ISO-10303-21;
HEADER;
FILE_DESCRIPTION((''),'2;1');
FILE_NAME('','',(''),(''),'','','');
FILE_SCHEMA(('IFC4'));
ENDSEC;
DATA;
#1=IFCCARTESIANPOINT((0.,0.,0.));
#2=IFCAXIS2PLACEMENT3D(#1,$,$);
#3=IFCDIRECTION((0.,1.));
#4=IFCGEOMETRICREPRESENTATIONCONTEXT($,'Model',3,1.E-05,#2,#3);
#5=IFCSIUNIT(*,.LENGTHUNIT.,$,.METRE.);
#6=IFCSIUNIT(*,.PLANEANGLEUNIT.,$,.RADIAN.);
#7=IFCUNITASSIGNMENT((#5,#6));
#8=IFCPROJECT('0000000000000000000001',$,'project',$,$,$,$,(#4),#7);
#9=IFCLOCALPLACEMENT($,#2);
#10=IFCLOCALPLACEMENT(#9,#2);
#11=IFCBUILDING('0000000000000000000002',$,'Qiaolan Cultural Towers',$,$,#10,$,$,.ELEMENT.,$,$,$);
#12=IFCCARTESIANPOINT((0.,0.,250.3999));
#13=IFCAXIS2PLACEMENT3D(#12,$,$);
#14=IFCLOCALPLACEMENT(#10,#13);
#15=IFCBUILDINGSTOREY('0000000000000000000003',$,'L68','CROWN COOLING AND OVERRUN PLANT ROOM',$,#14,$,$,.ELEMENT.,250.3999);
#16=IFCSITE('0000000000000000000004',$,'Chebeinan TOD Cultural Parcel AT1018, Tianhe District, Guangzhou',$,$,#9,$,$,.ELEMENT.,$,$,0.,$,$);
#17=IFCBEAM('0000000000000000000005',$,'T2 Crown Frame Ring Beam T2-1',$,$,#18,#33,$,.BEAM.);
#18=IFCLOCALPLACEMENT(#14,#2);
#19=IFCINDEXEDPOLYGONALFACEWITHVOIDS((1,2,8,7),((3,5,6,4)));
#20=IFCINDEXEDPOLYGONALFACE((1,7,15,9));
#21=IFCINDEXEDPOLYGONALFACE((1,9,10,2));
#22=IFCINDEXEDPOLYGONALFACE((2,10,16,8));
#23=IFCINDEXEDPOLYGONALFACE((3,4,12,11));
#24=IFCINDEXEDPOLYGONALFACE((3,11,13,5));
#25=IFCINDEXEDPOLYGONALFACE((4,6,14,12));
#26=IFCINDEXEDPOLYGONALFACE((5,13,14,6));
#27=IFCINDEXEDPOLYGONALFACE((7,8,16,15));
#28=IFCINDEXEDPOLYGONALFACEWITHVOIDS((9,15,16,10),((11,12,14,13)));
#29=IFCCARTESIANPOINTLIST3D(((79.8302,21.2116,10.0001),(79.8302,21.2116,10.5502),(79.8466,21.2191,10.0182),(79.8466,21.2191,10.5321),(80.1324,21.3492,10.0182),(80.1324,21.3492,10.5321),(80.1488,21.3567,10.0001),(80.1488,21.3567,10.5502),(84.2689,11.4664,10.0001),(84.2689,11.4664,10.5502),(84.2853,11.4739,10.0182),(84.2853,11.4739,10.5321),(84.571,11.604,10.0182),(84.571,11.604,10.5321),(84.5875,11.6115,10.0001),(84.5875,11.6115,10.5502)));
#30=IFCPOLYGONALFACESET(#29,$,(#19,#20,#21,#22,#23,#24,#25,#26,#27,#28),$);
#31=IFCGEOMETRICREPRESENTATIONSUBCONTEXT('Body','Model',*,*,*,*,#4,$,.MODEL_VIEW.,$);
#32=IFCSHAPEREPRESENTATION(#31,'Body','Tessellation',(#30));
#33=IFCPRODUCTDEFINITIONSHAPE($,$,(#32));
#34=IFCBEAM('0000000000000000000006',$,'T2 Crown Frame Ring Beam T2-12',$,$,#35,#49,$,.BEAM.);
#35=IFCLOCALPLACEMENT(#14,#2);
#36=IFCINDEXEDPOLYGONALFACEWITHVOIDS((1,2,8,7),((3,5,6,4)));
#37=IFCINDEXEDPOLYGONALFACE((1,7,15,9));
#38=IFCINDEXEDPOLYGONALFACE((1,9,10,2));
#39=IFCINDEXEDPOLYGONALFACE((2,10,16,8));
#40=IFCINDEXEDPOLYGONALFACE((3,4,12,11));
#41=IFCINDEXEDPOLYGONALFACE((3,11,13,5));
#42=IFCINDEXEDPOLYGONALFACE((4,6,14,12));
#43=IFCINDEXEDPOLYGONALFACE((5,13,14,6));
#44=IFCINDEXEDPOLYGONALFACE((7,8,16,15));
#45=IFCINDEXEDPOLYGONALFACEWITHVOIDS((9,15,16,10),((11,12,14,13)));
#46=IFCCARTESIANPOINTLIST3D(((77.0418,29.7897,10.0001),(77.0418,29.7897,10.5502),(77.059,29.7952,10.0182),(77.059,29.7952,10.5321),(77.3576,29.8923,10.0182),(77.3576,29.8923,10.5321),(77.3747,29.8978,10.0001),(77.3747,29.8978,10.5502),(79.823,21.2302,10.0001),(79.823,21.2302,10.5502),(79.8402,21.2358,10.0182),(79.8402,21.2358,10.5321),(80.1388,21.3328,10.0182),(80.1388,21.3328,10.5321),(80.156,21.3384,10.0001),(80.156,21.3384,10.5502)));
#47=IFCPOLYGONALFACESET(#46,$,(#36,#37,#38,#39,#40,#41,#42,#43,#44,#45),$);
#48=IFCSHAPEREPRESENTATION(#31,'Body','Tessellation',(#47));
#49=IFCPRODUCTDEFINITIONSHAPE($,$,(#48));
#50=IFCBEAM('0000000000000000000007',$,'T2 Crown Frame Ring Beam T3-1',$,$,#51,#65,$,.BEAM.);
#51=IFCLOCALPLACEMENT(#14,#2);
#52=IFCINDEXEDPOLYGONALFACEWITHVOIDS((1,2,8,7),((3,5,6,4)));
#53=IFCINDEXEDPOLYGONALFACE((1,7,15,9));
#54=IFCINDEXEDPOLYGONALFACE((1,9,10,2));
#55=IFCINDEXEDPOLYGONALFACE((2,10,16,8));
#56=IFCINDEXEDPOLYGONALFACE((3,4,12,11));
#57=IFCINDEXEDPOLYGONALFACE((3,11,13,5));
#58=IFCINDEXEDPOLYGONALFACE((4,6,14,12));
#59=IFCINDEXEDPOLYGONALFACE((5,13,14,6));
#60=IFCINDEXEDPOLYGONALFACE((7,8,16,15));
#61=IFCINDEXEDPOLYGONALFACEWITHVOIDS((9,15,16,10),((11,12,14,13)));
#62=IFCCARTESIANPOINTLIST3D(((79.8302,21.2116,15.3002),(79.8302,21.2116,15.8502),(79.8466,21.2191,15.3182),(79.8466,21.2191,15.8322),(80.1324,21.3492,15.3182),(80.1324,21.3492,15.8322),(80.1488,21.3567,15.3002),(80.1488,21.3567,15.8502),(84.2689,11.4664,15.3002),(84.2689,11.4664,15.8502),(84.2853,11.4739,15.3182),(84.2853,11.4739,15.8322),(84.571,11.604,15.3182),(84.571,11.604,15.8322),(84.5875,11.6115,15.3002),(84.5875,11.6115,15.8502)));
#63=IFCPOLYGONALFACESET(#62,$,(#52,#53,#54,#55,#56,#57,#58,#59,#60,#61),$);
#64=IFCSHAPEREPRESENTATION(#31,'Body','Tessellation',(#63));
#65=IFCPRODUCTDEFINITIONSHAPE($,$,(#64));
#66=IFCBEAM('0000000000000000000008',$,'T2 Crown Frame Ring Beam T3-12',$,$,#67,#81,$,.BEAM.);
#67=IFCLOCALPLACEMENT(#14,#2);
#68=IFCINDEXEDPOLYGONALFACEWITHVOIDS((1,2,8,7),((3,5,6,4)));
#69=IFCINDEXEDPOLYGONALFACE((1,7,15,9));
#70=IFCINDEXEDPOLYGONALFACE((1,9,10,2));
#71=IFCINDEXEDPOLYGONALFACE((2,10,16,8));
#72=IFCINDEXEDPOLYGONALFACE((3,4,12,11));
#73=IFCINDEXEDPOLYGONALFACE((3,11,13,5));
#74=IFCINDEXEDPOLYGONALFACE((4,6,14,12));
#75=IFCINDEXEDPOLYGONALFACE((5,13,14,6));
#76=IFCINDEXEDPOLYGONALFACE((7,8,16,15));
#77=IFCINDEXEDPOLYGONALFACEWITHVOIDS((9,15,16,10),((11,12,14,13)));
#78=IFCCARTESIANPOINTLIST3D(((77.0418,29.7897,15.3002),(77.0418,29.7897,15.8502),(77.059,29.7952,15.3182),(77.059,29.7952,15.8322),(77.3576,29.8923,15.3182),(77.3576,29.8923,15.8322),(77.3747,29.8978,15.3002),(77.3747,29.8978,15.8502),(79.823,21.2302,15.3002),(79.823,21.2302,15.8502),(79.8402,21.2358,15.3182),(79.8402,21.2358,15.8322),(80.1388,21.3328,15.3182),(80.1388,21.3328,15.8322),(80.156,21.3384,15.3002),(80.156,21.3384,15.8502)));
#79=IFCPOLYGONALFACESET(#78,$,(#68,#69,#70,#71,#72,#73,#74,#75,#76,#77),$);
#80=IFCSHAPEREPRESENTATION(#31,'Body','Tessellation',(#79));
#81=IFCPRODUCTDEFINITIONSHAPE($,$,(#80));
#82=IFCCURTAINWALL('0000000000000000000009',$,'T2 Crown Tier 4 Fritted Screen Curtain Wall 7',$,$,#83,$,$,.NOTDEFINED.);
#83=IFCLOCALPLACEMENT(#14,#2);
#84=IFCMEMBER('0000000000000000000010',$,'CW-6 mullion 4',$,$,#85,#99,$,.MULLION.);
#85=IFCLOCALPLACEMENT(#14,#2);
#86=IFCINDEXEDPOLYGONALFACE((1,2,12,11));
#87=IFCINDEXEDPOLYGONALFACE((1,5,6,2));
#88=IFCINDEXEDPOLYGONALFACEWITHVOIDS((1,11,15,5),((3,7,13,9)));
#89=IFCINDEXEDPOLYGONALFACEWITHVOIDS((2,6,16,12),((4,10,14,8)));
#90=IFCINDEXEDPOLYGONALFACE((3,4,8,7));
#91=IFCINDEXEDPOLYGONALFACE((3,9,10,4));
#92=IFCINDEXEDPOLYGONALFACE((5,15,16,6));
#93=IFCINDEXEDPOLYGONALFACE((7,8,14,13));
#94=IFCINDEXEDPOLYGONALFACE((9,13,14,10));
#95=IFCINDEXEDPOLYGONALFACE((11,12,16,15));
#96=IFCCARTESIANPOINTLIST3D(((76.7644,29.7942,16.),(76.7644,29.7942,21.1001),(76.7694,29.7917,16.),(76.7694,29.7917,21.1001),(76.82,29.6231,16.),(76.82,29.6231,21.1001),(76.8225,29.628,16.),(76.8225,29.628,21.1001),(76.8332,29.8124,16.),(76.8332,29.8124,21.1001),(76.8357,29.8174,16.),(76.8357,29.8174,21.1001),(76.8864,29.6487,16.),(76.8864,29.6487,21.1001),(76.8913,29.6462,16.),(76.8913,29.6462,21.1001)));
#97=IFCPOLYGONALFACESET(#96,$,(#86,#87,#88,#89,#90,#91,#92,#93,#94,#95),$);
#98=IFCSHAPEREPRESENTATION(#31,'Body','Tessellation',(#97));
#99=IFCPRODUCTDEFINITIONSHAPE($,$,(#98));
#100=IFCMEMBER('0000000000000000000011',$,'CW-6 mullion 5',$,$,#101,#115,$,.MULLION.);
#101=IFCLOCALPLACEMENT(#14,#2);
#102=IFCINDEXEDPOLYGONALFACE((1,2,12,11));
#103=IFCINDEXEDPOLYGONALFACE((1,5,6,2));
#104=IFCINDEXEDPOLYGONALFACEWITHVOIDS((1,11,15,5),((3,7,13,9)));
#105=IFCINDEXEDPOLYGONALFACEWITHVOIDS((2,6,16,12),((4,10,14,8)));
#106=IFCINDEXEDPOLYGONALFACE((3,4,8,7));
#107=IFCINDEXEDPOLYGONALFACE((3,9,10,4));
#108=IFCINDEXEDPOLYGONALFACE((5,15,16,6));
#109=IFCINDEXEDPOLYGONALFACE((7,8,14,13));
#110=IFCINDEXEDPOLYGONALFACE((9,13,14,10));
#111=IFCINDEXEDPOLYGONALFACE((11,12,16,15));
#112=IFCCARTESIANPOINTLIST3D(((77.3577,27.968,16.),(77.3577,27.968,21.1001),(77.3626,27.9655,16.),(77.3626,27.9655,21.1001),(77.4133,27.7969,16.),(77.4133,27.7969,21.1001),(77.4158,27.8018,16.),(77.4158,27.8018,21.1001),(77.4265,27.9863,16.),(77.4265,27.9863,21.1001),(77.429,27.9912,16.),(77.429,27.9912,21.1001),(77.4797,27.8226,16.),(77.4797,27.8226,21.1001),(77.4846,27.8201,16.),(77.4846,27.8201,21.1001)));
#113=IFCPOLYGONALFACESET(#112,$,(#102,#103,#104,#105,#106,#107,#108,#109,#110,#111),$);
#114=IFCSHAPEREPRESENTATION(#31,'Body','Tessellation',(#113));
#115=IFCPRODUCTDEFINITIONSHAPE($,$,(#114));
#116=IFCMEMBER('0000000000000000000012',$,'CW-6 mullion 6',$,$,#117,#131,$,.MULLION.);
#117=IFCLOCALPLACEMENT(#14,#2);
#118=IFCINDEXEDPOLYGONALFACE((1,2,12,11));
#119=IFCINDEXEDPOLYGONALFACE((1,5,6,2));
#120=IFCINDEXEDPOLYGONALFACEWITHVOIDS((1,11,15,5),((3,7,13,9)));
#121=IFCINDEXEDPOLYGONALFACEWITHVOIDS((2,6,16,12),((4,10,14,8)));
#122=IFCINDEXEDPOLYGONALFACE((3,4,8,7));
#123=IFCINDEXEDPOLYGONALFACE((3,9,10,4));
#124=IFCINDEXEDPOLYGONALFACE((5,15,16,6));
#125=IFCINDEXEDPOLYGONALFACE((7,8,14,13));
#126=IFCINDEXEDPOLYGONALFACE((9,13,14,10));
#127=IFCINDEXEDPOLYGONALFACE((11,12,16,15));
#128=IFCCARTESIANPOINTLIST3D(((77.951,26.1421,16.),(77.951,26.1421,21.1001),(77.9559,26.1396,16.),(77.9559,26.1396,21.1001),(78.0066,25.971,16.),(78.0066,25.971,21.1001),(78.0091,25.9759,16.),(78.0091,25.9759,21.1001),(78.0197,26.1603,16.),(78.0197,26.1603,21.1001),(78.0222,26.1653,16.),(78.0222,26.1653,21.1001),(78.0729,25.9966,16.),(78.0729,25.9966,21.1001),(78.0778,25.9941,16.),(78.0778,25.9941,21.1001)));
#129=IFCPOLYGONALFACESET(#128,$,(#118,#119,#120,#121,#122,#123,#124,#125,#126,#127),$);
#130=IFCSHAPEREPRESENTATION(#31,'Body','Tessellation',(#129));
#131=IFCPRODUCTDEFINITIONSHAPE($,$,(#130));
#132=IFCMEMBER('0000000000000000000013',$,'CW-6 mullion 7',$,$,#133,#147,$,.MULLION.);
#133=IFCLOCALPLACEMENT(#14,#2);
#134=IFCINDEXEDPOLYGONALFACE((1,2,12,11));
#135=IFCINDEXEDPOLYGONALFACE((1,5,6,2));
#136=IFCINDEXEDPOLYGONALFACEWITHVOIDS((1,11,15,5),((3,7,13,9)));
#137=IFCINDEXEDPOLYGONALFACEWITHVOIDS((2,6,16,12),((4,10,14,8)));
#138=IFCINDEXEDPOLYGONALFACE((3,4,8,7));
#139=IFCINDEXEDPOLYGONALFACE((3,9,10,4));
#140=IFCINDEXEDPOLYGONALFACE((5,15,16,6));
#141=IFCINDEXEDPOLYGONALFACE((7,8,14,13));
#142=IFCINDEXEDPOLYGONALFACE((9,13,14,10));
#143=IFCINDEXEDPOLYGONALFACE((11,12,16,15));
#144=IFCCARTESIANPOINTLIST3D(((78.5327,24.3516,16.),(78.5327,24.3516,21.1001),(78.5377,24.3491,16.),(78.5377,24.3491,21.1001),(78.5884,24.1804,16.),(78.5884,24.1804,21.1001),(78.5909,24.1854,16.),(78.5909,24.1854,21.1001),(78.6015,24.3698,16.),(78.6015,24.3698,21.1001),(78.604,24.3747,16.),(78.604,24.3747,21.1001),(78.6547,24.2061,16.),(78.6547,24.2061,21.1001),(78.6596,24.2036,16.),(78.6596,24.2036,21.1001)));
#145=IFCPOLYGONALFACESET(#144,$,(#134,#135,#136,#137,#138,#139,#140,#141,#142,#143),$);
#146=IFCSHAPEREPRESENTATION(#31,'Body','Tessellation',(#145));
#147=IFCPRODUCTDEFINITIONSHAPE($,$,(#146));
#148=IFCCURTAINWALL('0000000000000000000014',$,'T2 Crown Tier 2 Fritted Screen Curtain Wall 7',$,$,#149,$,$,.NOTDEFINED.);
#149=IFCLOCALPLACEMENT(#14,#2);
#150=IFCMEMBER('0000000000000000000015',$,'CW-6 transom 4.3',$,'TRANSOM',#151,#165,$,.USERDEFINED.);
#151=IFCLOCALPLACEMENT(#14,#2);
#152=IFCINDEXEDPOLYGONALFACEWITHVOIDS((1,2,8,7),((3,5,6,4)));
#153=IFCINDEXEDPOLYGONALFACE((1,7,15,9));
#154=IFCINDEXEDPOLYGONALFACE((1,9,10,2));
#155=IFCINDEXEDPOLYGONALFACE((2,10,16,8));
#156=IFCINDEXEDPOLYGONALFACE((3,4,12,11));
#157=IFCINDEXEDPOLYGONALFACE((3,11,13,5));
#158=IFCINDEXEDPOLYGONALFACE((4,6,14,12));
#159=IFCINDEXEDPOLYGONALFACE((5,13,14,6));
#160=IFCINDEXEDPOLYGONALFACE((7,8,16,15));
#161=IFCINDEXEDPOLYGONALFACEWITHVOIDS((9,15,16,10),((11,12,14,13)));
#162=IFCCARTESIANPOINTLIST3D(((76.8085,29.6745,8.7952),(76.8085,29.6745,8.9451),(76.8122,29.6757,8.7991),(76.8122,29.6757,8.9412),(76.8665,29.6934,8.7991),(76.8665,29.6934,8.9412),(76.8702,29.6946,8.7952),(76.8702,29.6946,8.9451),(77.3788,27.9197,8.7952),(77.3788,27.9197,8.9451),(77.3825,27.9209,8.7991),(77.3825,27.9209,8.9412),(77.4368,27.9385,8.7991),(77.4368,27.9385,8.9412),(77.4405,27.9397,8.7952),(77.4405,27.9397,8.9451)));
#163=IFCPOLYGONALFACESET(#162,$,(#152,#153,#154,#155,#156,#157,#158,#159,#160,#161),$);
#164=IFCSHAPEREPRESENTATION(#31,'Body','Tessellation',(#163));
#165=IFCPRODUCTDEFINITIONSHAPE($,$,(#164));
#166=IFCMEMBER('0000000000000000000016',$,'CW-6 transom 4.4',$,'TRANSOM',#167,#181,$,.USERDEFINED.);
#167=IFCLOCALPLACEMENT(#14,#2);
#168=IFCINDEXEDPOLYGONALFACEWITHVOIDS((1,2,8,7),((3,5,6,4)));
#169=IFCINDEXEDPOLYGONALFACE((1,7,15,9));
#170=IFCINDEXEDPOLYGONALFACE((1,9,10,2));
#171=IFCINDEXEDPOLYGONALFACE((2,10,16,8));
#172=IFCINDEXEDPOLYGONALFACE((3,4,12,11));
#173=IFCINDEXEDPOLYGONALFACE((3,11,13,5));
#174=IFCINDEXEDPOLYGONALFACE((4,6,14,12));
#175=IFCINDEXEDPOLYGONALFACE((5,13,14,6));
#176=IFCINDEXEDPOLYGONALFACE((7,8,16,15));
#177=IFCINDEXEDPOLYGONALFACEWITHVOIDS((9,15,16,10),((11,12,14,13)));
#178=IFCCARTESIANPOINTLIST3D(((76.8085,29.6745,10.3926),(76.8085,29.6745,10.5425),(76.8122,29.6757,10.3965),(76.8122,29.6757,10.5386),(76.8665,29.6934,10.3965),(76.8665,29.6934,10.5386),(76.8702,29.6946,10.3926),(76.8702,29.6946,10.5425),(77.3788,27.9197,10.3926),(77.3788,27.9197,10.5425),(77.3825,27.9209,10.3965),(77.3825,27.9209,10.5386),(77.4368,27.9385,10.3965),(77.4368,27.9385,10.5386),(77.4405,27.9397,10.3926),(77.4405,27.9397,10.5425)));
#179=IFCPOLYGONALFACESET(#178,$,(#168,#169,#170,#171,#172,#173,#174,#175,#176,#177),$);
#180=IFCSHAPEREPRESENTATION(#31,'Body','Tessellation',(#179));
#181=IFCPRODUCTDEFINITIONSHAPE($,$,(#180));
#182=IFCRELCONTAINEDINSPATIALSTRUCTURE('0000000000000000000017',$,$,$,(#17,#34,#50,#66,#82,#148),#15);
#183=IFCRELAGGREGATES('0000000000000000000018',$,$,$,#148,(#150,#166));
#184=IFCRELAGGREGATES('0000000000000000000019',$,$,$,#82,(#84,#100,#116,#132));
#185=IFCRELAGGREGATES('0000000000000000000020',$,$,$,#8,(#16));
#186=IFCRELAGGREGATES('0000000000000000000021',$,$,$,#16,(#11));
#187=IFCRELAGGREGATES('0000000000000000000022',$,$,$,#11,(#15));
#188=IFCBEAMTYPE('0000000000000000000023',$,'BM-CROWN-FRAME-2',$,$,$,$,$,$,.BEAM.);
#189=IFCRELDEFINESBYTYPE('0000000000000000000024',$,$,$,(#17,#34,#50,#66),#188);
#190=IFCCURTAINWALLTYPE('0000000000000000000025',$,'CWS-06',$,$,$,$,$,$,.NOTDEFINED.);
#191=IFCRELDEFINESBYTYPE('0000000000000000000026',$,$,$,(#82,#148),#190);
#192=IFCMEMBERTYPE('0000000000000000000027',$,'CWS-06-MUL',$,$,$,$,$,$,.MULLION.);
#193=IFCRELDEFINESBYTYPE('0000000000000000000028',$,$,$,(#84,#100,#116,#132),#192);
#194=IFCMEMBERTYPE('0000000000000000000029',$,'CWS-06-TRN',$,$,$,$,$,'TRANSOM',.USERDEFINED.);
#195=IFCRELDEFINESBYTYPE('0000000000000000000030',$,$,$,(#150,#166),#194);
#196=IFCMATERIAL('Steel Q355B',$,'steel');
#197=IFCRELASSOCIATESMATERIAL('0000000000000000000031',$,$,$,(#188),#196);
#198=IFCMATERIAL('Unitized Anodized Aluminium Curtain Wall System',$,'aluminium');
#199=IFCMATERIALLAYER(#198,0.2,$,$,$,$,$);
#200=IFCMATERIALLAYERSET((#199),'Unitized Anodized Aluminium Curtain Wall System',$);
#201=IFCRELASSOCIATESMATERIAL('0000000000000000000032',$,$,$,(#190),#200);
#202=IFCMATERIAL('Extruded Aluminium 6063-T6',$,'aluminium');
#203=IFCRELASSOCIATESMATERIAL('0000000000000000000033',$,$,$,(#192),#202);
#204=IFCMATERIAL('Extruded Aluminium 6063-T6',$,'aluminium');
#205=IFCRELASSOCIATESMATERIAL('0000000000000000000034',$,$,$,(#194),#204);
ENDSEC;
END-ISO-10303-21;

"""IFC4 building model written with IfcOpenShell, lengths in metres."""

from ifc_helpers import new_model, si_unit, direction, frame, origin, origin_2d, place, context, subcontext, project, spatial, hollow_rectangle, extrude, material, layer, layer_set, material_profile, profile_set, type_object, element, aggregate, save


model = new_model("IFC4")

# Units and contexts
model_context = context("Model", 3, precision=1e-05, world=origin(), true_north=direction((0.0, 1.0)))
body_context = subcontext(model_context, "Body", "Model", "MODEL_VIEW")
ifc_project = project(units=[si_unit("LENGTHUNIT", "METRE"), si_unit("PLANEANGLEUNIT", "RADIAN")], contexts=[model_context])

# Site, building, storey
site_placement = place(None, origin())
site = spatial("IfcSite", under=ifc_project, at=site_placement, Name="Chebeinan TOD Cultural Parcel AT1018, Tianhe District, Guangzhou", CompositionType="ELEMENT", RefElevation=0.0)
building_placement = place(site_placement, origin())
building = spatial("IfcBuilding", under=site, at=building_placement, Name="Qiaolan Cultural Towers", CompositionType="ELEMENT")
storey_placement = place(building_placement, frame((0.0, 0.0, 250.3999)))
storey = spatial("IfcBuildingStorey", under=building, at=storey_placement, Name="L68", Description="CROWN COOLING AND OVERRUN PLANT ROOM", CompositionType="ELEMENT", Elevation=250.3999)

# Beams
ifc_material_1 = material(Name="Steel Q355B", Category="steel")
ifc_material_profile_1 = material_profile(ifc_material_1, hollow_rectangle(XDim=0.3501, YDim=0.55, WallThickness=0.0181, at=origin_2d()), Name="BOX550x350x18")
ifc_profile_set_1 = profile_set([ifc_material_profile_1], Name="Steel Q355B")
beam_type = type_object("IfcBeamType", Name="BM-CROWN-FRAME-2", PredefinedType="BEAM", material=ifc_profile_set_1)
beam_1_placement = place(storey_placement, frame((79.9895, 21.2842, 10.2751), z_axis=(0.4145, -0.910049, 0.0), x_axis=(0.910049, 0.4145, 0.0)))
element("IfcBeam", 1, at=beam_1_placement, inside=storey, type_object=beam_type, Name="T2 Crown Frame Ring Beam T2-1", PredefinedType="BEAM", context=body_context, shape_type="SweptSolid", body=[
    extrude(hollow_rectangle(XDim=0.3501, YDim=0.55, WallThickness=0.0181, at=origin_2d()), origin(), (0.0, 0.0, 1.0), 10.7085),
])
beam_2_placement = place(storey_placement, frame((77.2083, 29.8438, 10.2751), z_axis=(0.309025, -0.951054, 0.0), x_axis=(0.951054, 0.309025, 0.0)))
element("IfcBeam", 2, at=beam_2_placement, inside=storey, type_object=beam_type, Name="T2 Crown Frame Ring Beam T2-12", PredefinedType="BEAM", context=body_context, shape_type="SweptSolid", body=[
    extrude(hollow_rectangle(XDim=0.3501, YDim=0.55, WallThickness=0.0181, at=origin_2d()), origin(), (0.0, 0.0, 1.0), 9.0),
])
beam_3_placement = place(storey_placement, frame((79.9895, 21.2842, 15.5752), z_axis=(0.4145, -0.910049, 0.0), x_axis=(0.910049, 0.4145, 0.0)))
element("IfcBeam", 3, at=beam_3_placement, inside=storey, type_object=beam_type, Name="T2 Crown Frame Ring Beam T3-1", PredefinedType="BEAM", context=body_context, shape_type="SweptSolid", body=[
    extrude(hollow_rectangle(XDim=0.3501, YDim=0.55, WallThickness=0.0181, at=origin_2d()), origin(), (0.0, 0.0, 1.0), 10.7085),
])
beam_4_placement = place(storey_placement, frame((77.2083, 29.8438, 15.5752), z_axis=(0.309025, -0.951054, 0.0), x_axis=(0.951054, 0.309025, 0.0)))
element("IfcBeam", 4, at=beam_4_placement, inside=storey, type_object=beam_type, Name="T2 Crown Frame Ring Beam T3-12", PredefinedType="BEAM", context=body_context, shape_type="SweptSolid", body=[
    extrude(hollow_rectangle(XDim=0.3501, YDim=0.55, WallThickness=0.0181, at=origin_2d()), origin(), (0.0, 0.0, 1.0), 9.0),
])

# Curtain walls, members
ifc_material_2 = material(Name="Unitized Anodized Aluminium Curtain Wall System", Category="aluminium")
ifc_layer_1 = layer(ifc_material_2, 0.2)
ifc_layer_set_1 = layer_set([ifc_layer_1], Name="Unitized Anodized Aluminium Curtain Wall System")
curtain_wall_type = type_object("IfcCurtainWallType", Name="CWS-06", PredefinedType="NOTDEFINED", material=ifc_layer_set_1)
curtain_wall_1_placement = place(storey_placement, origin())
curtain_wall_1 = element("IfcCurtainWall", 5, at=curtain_wall_1_placement, inside=storey, type_object=curtain_wall_type, Name="T2 Crown Tier 4 Fritted Screen Curtain Wall 7", PredefinedType="NOTDEFINED")
ifc_material_3 = material(Name="Extruded Aluminium 6063-T6", Category="aluminium")
ifc_material_profile_2 = material_profile(ifc_material_3, hollow_rectangle(XDim=0.075, YDim=0.1799, WallThickness=0.0039, at=origin_2d()), Name="CWM-180x75x4")
ifc_profile_set_2 = profile_set([ifc_material_profile_2], Name="Extruded Aluminium 6063-T6")
member_type_1 = type_object("IfcMemberType", Name="CWS-06-MUL", PredefinedType="MULLION", material=ifc_profile_set_2)
member_1_placement = place(storey_placement, frame((76.8279, 29.7202, 16.0), z_axis=(0.0, 0.0, 1.0), x_axis=(0.951057, 0.309017, 0.0)))
member_1 = element("IfcMember", 6, at=member_1_placement, type_object=member_type_1, Name="CW-6 mullion 4", PredefinedType="MULLION", context=body_context, shape_type="SweptSolid", body=[
    extrude(hollow_rectangle(XDim=0.075, YDim=0.1799, WallThickness=0.0039, at=origin_2d()), origin(), (0.0, 0.0, 1.0), 5.1001),
])
member_2_placement = place(storey_placement, frame((77.4211, 27.894, 16.0), z_axis=(0.0, 0.0, 1.0), x_axis=(0.951057, 0.309017, 0.0)))
member_2 = element("IfcMember", 7, at=member_2_placement, type_object=member_type_1, Name="CW-6 mullion 5", PredefinedType="MULLION", context=body_context, shape_type="SweptSolid", body=[
    extrude(hollow_rectangle(XDim=0.075, YDim=0.1799, WallThickness=0.0039, at=origin_2d()), origin(), (0.0, 0.0, 1.0), 5.1001),
])
member_3_placement = place(storey_placement, frame((78.0144, 26.0681, 16.0), z_axis=(0.0, 0.0, 1.0), x_axis=(0.951057, 0.309017, 0.0)))
member_3 = element("IfcMember", 8, at=member_3_placement, type_object=member_type_1, Name="CW-6 mullion 6", PredefinedType="MULLION", context=body_context, shape_type="SweptSolid", body=[
    extrude(hollow_rectangle(XDim=0.075, YDim=0.1799, WallThickness=0.0039, at=origin_2d()), origin(), (0.0, 0.0, 1.0), 5.1001),
])
member_4_placement = place(storey_placement, frame((78.5962, 24.2776, 16.0), z_axis=(0.0, 0.0, 1.0), x_axis=(0.951057, 0.309017, 0.0)))
member_4 = element("IfcMember", 9, at=member_4_placement, type_object=member_type_1, Name="CW-6 mullion 7", PredefinedType="MULLION", context=body_context, shape_type="SweptSolid", body=[
    extrude(hollow_rectangle(XDim=0.075, YDim=0.1799, WallThickness=0.0039, at=origin_2d()), origin(), (0.0, 0.0, 1.0), 5.1001),
])
curtain_wall_2_placement = place(storey_placement, origin())
curtain_wall_2 = element("IfcCurtainWall", 10, at=curtain_wall_2_placement, inside=storey, type_object=curtain_wall_type, Name="T2 Crown Tier 2 Fritted Screen Curtain Wall 7", PredefinedType="NOTDEFINED")
ifc_material_4 = material(Name="Extruded Aluminium 6063-T6", Category="aluminium")
ifc_material_profile_3 = material_profile(ifc_material_4, hollow_rectangle(XDim=0.0649, YDim=0.1499, WallThickness=0.0039, at=origin_2d()), Name="CWT-150x65x4")
ifc_profile_set_3 = profile_set([ifc_material_profile_3], Name="Extruded Aluminium 6063-T6")
member_type_2 = type_object("IfcMemberType", Name="CWS-06-TRN", ElementType="TRANSOM", PredefinedType="USERDEFINED", material=ifc_profile_set_3)
member_5_placement = place(storey_placement, frame((76.8394, 29.6846, 8.8701), z_axis=(0.309074, -0.951038, 0.0), x_axis=(0.951038, 0.309074, 0.0)))
member_5 = element("IfcMember", 11, at=member_5_placement, type_object=member_type_2, Name="CW-6 transom 4.3", ObjectType="TRANSOM", PredefinedType="USERDEFINED", context=body_context, shape_type="SweptSolid", body=[
    extrude(hollow_rectangle(XDim=0.0649, YDim=0.1499, WallThickness=0.0039, at=origin_2d()), origin(), (0.0, 0.0, 1.0), 1.8452),
])
member_6_placement = place(storey_placement, frame((76.8394, 29.6846, 10.4675), z_axis=(0.309074, -0.951038, 0.0), x_axis=(0.951038, 0.309074, 0.0)))
member_6 = element("IfcMember", 12, at=member_6_placement, type_object=member_type_2, Name="CW-6 transom 4.4", ObjectType="TRANSOM", PredefinedType="USERDEFINED", context=body_context, shape_type="SweptSolid", body=[
    extrude(hollow_rectangle(XDim=0.0649, YDim=0.1499, WallThickness=0.0039, at=origin_2d()), origin(), (0.0, 0.0, 1.0), 1.8452),
])

aggregate(curtain_wall_2, [member_5, member_6])
aggregate(curtain_wall_1, [member_1, member_2, member_3, member_4])

save(model, "model.ifc")
